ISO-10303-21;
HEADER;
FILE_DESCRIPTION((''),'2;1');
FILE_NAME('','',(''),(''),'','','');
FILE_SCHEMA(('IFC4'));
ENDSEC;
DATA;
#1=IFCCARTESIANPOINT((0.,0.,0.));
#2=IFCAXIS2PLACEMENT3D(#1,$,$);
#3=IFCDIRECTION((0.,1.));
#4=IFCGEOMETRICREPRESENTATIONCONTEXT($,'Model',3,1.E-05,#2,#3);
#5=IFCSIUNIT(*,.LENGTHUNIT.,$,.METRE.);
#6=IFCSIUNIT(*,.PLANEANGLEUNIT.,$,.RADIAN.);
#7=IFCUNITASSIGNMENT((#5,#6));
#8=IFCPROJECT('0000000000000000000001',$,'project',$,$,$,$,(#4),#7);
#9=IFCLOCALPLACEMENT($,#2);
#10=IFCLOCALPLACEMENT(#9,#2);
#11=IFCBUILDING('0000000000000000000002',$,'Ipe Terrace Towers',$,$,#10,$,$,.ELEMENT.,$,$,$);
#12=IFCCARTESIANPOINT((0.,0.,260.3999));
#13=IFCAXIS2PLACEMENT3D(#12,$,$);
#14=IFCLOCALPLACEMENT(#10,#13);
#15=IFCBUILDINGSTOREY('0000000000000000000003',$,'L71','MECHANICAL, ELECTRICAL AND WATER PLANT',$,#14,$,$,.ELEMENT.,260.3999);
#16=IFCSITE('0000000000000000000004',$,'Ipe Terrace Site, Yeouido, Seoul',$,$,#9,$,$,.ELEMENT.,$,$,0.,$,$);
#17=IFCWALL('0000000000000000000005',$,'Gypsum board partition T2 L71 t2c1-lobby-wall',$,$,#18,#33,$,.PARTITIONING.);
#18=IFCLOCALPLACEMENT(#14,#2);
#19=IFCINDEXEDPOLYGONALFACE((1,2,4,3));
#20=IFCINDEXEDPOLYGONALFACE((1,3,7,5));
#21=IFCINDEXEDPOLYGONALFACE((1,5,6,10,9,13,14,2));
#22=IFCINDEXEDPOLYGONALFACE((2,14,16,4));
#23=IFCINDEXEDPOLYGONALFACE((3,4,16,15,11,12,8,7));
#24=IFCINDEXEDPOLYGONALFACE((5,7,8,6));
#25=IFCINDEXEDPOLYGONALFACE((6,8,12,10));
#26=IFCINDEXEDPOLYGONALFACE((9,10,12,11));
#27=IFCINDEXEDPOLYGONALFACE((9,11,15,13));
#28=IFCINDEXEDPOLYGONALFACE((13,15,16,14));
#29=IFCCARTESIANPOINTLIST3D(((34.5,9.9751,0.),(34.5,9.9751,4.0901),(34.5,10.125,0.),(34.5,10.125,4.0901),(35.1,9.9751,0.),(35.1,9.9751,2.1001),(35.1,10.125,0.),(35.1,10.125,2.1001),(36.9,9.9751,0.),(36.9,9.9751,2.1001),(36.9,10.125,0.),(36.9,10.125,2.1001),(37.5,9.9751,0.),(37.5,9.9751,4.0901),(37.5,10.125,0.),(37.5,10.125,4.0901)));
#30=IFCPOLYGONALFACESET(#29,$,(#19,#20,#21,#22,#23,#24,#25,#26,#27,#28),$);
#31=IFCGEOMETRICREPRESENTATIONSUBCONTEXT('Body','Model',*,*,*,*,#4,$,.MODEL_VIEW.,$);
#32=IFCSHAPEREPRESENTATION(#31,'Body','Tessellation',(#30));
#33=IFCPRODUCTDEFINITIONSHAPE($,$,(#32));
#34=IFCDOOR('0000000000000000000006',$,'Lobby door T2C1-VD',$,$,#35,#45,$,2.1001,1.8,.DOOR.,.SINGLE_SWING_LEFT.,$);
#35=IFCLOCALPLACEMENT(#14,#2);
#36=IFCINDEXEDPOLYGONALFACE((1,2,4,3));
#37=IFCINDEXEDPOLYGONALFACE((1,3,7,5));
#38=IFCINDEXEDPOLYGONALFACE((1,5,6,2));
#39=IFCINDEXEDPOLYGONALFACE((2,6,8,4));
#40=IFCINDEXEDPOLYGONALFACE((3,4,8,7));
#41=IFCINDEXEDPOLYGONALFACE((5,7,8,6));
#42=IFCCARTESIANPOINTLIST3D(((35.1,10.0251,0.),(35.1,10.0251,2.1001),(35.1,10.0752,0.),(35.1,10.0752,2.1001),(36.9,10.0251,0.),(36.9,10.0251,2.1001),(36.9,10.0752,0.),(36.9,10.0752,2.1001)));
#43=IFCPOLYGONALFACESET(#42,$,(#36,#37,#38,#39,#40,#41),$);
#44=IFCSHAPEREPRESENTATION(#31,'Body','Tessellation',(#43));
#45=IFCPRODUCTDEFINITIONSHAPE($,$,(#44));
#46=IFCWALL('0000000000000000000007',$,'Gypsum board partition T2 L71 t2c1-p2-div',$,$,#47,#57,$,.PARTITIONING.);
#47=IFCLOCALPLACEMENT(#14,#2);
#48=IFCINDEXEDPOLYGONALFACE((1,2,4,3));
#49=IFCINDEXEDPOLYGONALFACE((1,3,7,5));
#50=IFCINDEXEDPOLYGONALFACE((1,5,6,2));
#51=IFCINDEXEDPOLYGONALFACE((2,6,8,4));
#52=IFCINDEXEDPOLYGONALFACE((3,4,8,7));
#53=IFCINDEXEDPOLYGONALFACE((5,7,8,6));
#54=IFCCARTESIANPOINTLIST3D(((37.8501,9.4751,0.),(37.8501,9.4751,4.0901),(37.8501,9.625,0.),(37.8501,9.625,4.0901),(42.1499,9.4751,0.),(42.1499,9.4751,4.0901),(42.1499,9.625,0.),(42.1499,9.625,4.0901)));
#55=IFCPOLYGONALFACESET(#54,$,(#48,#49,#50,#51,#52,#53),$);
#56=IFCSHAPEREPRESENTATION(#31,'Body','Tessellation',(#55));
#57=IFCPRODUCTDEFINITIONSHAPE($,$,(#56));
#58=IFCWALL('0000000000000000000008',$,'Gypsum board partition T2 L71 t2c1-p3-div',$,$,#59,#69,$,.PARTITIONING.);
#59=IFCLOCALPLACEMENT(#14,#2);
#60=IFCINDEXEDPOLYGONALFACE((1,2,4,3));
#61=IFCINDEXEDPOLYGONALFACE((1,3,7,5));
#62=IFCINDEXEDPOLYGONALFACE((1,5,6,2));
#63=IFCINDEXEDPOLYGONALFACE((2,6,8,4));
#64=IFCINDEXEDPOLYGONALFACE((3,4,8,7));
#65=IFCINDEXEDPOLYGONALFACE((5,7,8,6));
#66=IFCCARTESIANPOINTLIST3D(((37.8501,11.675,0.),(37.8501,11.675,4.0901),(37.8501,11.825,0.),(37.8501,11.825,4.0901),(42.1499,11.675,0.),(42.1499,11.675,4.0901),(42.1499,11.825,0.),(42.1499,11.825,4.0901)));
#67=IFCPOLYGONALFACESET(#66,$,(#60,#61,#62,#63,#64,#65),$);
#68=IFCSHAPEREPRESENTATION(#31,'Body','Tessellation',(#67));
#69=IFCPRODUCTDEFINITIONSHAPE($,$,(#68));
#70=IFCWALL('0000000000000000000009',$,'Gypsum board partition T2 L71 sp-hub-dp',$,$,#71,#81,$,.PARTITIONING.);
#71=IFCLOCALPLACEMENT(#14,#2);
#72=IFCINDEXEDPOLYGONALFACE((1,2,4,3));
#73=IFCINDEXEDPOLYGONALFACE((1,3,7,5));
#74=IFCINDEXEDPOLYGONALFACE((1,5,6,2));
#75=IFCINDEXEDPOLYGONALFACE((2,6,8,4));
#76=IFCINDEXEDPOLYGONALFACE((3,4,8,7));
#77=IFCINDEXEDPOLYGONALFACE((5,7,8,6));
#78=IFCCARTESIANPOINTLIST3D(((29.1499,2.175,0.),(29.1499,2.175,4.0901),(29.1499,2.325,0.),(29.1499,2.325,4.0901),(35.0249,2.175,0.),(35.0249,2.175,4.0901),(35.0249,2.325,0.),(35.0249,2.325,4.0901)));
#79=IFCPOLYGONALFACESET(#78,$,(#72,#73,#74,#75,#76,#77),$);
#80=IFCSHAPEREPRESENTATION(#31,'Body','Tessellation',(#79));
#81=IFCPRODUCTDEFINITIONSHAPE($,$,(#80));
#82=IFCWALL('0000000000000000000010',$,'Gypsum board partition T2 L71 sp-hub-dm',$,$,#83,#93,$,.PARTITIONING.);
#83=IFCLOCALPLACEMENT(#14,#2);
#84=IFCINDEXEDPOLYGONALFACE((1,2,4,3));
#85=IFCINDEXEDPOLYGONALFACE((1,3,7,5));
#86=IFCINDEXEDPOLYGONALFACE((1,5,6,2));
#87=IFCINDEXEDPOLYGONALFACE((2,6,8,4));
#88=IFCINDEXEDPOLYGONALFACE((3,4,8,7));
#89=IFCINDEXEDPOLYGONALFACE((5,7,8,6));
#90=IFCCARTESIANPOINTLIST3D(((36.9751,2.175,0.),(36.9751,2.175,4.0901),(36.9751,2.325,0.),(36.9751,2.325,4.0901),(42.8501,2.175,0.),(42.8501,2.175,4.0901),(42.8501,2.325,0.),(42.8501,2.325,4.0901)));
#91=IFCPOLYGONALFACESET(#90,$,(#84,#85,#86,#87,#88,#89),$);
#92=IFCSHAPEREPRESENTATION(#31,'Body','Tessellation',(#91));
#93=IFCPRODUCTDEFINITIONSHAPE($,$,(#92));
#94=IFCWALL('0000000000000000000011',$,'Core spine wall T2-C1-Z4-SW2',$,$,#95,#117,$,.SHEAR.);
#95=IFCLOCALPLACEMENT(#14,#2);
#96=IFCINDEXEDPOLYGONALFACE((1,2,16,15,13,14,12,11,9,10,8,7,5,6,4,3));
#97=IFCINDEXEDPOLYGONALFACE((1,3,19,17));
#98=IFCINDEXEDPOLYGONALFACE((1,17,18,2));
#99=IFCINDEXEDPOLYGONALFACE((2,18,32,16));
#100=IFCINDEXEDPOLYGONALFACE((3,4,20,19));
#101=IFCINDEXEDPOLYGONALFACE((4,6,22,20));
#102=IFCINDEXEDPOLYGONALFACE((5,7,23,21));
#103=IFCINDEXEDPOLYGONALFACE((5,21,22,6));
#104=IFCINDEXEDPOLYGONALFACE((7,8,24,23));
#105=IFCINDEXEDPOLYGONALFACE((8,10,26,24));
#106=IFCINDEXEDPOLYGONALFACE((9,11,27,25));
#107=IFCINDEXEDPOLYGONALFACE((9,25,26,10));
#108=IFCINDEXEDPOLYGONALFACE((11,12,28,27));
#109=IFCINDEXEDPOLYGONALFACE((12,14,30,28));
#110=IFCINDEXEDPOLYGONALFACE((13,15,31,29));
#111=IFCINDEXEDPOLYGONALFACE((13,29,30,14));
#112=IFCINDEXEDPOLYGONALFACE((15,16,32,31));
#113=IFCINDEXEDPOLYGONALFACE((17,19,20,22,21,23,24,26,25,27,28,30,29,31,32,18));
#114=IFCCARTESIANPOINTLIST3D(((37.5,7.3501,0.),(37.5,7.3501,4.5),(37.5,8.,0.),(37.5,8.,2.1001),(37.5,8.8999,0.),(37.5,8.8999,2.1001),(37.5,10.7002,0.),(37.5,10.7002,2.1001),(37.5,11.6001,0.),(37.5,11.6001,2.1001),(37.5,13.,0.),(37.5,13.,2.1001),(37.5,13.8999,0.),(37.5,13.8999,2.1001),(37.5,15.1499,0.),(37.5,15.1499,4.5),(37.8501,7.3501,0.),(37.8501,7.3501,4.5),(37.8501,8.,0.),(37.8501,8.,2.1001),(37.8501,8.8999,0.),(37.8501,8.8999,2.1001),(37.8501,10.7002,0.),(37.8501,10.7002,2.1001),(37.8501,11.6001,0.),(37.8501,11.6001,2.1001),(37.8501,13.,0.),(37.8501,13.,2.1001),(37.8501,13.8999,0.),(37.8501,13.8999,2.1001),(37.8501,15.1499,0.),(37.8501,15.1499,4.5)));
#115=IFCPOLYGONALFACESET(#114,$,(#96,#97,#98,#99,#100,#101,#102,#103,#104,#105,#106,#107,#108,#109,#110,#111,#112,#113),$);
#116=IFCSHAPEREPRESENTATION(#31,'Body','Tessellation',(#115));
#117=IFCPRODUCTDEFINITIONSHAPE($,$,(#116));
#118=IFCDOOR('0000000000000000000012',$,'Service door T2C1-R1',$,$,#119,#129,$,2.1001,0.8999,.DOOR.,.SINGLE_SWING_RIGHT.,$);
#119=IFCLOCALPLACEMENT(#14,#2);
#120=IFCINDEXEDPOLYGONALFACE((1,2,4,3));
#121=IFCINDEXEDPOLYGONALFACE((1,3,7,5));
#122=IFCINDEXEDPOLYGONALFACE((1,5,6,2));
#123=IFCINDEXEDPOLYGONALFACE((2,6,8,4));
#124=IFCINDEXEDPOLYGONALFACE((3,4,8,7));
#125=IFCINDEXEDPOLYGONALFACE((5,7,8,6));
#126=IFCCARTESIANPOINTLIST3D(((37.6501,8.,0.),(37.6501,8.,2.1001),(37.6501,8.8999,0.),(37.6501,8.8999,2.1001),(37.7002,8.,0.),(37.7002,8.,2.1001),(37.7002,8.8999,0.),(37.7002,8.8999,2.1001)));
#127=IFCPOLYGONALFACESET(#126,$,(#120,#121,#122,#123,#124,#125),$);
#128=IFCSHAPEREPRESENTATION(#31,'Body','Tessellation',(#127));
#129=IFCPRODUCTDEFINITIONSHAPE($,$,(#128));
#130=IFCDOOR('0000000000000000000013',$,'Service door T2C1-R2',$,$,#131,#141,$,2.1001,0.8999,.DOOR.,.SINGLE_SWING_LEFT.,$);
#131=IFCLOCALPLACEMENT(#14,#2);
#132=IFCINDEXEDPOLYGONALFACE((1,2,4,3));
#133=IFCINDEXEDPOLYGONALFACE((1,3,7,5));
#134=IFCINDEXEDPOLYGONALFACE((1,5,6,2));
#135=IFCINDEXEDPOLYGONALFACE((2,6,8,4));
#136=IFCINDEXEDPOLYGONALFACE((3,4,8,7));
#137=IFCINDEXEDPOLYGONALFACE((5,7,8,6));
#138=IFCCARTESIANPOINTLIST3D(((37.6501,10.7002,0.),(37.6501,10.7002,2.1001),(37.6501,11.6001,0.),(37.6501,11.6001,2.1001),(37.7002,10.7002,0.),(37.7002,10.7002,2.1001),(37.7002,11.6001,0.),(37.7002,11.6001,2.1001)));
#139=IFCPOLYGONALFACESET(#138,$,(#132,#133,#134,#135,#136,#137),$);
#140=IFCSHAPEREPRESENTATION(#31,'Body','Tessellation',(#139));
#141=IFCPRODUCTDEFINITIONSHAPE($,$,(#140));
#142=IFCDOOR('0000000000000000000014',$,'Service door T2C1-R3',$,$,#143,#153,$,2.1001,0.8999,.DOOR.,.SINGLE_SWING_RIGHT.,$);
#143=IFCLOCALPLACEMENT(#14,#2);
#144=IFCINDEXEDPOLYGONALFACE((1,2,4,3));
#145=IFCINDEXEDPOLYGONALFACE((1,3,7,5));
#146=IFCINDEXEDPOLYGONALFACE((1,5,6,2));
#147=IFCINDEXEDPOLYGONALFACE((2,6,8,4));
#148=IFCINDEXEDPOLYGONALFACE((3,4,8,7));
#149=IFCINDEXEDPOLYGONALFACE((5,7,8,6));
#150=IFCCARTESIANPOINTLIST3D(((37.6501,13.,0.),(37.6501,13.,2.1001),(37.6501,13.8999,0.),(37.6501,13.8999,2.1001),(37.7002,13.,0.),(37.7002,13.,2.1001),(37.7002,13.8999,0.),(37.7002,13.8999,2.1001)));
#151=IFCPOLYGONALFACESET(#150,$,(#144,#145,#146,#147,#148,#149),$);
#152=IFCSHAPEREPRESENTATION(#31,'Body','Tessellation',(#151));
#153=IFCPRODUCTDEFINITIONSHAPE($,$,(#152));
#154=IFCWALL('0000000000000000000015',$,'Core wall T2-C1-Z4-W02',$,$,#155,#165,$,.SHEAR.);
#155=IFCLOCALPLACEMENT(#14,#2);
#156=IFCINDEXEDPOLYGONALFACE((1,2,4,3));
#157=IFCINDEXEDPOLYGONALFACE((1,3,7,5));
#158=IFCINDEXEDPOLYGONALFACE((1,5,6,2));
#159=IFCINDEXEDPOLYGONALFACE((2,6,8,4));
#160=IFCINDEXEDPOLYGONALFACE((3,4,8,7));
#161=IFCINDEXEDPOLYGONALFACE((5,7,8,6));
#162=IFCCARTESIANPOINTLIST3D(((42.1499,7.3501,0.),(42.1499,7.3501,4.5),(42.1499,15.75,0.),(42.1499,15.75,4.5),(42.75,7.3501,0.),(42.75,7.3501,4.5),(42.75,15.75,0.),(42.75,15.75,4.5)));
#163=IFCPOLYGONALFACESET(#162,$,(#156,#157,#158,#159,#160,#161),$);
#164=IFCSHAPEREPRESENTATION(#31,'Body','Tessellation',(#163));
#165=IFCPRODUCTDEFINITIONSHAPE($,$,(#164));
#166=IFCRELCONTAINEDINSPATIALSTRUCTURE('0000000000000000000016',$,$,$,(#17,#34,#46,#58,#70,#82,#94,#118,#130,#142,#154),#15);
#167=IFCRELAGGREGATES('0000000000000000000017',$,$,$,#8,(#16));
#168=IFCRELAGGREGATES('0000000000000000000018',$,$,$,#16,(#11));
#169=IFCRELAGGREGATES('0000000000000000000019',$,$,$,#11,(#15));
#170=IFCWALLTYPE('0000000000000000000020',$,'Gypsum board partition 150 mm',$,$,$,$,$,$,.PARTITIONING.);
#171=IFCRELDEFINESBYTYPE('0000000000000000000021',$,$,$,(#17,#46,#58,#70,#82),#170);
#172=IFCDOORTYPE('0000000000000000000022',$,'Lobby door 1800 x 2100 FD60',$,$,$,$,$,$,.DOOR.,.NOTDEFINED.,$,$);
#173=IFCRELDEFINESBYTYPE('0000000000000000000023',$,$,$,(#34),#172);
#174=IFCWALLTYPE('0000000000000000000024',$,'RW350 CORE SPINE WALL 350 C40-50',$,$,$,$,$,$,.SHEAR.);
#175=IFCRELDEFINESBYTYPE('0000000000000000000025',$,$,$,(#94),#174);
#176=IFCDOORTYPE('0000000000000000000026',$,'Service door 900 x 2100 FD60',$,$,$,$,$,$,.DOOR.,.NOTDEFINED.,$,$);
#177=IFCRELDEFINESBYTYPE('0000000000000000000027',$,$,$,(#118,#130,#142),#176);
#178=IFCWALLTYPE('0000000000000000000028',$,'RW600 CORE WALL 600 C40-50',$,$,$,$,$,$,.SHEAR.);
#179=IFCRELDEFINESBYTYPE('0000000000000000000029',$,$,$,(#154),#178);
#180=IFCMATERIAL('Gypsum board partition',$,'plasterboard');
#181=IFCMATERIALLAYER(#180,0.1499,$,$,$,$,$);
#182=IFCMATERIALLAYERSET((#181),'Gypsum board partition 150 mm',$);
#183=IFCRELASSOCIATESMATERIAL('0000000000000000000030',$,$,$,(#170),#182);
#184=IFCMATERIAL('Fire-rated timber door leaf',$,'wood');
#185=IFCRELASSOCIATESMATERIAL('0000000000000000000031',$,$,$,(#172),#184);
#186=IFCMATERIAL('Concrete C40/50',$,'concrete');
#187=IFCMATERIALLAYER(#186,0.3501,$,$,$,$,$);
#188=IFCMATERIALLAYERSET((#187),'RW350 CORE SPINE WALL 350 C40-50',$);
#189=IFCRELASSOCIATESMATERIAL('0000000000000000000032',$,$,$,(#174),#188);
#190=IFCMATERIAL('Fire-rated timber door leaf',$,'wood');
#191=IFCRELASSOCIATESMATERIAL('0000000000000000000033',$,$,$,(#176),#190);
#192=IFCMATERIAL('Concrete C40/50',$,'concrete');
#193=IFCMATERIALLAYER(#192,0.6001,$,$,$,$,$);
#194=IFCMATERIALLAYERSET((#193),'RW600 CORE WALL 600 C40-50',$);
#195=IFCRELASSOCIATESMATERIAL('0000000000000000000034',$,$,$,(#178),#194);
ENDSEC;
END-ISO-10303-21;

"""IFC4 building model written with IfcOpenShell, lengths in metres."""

from ifc_helpers import new_model, si_unit, direction, frame, frame_2d, origin, place, context, subcontext, project, spatial, rectangle, extrude, material, layer, layer_set, type_object, element, fill, save


model = new_model("IFC4")

# Units and contexts
model_context = context("Model", 3, precision=1e-05, world=origin(), true_north=direction((0.0, 1.0)))
body_context = subcontext(model_context, "Body", "Model", "MODEL_VIEW")
ifc_project = project(units=[si_unit("LENGTHUNIT", "METRE"), si_unit("PLANEANGLEUNIT", "RADIAN")], contexts=[model_context])

# Site, building, storey
site_placement = place(None, origin())
site = spatial("IfcSite", under=ifc_project, at=site_placement, Name="Ipe Terrace Site, Yeouido, Seoul", CompositionType="ELEMENT", RefElevation=0.0)
building_placement = place(site_placement, origin())
building = spatial("IfcBuilding", under=site, at=building_placement, Name="Ipe Terrace Towers", CompositionType="ELEMENT")
storey_placement = place(building_placement, frame((0.0, 0.0, 260.3999)))
storey = spatial("IfcBuildingStorey", under=building, at=storey_placement, Name="L71", Description="MECHANICAL, ELECTRICAL AND WATER PLANT", CompositionType="ELEMENT", Elevation=260.3999)

# Wall, opening, door
ifc_material_1 = material(Name="Gypsum board partition", Category="plasterboard")
ifc_layer_1 = layer(ifc_material_1, 0.1499)
ifc_layer_set_1 = layer_set([ifc_layer_1], Name="Gypsum board partition 150 mm")
wall_type_1 = type_object("IfcWallType", Name="Gypsum board partition 150 mm", PredefinedType="PARTITIONING", material=ifc_layer_set_1)
wall_1_placement = place(storey_placement, frame((37.5, 10.05, 0.0), z_axis=(0.0, 0.0, 1.0), x_axis=(-1.0, 0.0, 0.0)))
wall_1 = element("IfcWall", 1, at=wall_1_placement, inside=storey, type_object=wall_type_1, Name="Gypsum board partition T2 L71 t2c1-lobby-wall", PredefinedType="PARTITIONING", context=body_context, shape_type="SweptSolid", body=[
    extrude(rectangle(XDim=3.0, YDim=0.1499, at=frame_2d((1.5, 0.0))), origin(), (0.0, 0.0, 1.0), 4.0901),
])
opening_1_placement = place(wall_1_placement, frame((0.6001, 0.0, 0.0)))
opening_1 = element("IfcOpeningElement", 2, at=opening_1_placement, cuts=wall_1, PredefinedType="OPENING", context=body_context, shape_type="SweptSolid", body=[
    extrude(rectangle(XDim=1.8, YDim=2.1001, at=frame_2d((0.8999, 1.05))), frame((0.0, 0.085, 0.0), z_axis=(0.0, -1.0, 0.0), x_axis=(1.0, 0.0, 0.0)), (0.0, 0.0, 1.0), 0.1699),
])
ifc_material_2 = material(Name="Fire-rated timber door leaf", Category="wood")
door_type_1 = type_object("IfcDoorType", Name="Lobby door 1800 x 2100 FD60", OperationType="NOTDEFINED", PredefinedType="DOOR", material=ifc_material_2)
door_1_placement = place(opening_1_placement, origin())
door_1 = element("IfcDoor", 3, at=door_1_placement, inside=storey, type_object=door_type_1, Name="Lobby door T2C1-VD", OperationType="SINGLE_SWING_LEFT", OverallHeight=2.1001, OverallWidth=1.8, PredefinedType="DOOR", context=body_context, shape_type="SweptSolid", body=[
    extrude(rectangle(XDim=1.8, YDim=2.1001, at=frame_2d((0.8999, 1.05))), frame((0.0, 0.0249, 0.0), z_axis=(0.0, -1.0, 0.0), x_axis=(1.0, 0.0, 0.0)), (0.0, 0.0, 1.0), 0.05),
])
fill(opening_1, door_1)

# Walls
for number, where, z_axis, x_axis, name in (
    (4, (42.1499, 9.55, 0.0), (0.0, 0.0, 1.0), (-1.0, 0.0, 0.0), "Gypsum board partition T2 L71 t2c1-p2-div"),
    (5, (42.1499, 11.75, 0.0), (0.0, 0.0, 1.0), (-1.0, 0.0, 0.0), "Gypsum board partition T2 L71 t2c1-p3-div"),
):
    element("IfcWall", number, at=place(storey_placement, frame(where, z_axis=z_axis, x_axis=x_axis)), inside=storey, type_object=wall_type_1, Name=name, PredefinedType="PARTITIONING", context=body_context, shape_type="SweptSolid", body=[
        extrude(rectangle(XDim=4.2998, YDim=0.1499, at=frame_2d((2.1499, 0.0))), origin(), (0.0, 0.0, 1.0), 4.0901),
    ])
for number, where, z_axis, x_axis, name in (
    (6, (35.0249, 2.25, 0.0), (0.0, 0.0, 1.0), (-1.0, 0.0, 0.0), "Gypsum board partition T2 L71 sp-hub-dp"),
    (7, (36.9751, 2.25, 0.0), (0.0, 0.0, 1.0), (1.0, 0.0, 0.0), "Gypsum board partition T2 L71 sp-hub-dm"),
):
    element("IfcWall", number, at=place(storey_placement, frame(where, z_axis=z_axis, x_axis=x_axis)), inside=storey, type_object=wall_type_1, Name=name, PredefinedType="PARTITIONING", context=body_context, shape_type="SweptSolid", body=[
        extrude(rectangle(XDim=5.875, YDim=0.1499, at=frame_2d((2.9375, 0.0))), origin(), (0.0, 0.0, 1.0), 4.0901),
    ])

# Wall, openings, doors
ifc_material_3 = material(Name="Concrete C40/50", Category="concrete")
ifc_layer_2 = layer(ifc_material_3, 0.3501)
ifc_layer_set_2 = layer_set([ifc_layer_2], Name="RW350 CORE SPINE WALL 350 C40-50")
wall_type_2 = type_object("IfcWallType", Name="RW350 CORE SPINE WALL 350 C40-50", PredefinedType="SHEAR", material=ifc_layer_set_2)
wall_2_placement = place(storey_placement, frame((37.675, 7.3501, 0.0), z_axis=(0.0, 0.0, 1.0), x_axis=(0.0, 1.0, 0.0)))
wall_2 = element("IfcWall", 8, at=wall_2_placement, inside=storey, type_object=wall_type_2, Name="Core spine wall T2-C1-Z4-SW2", PredefinedType="SHEAR", context=body_context, shape_type="SweptSolid", body=[
    extrude(rectangle(XDim=7.7998, YDim=0.3501, at=frame_2d((3.8999, 0.0))), origin(), (0.0, 0.0, 1.0), 4.5),
])
opening_2_placement = place(wall_2_placement, frame((0.6499, 0.0, 0.0)))
opening_2 = element("IfcOpeningElement", 9, at=opening_2_placement, cuts=wall_2, PredefinedType="OPENING", context=body_context, shape_type="SweptSolid", body=[
    extrude(rectangle(XDim=0.8999, YDim=2.1001, at=frame_2d((0.45, 1.05))), frame((0.0, 0.1851, 0.0), z_axis=(0.0, -1.0, 0.0), x_axis=(1.0, 0.0, 0.0)), (0.0, 0.0, 1.0), 0.3701),
])
opening_3_placement = place(wall_2_placement, frame((3.3501, 0.0, 0.0)))
opening_3 = element("IfcOpeningElement", 10, at=opening_3_placement, cuts=wall_2, PredefinedType="OPENING", context=body_context, shape_type="SweptSolid", body=[
    extrude(rectangle(XDim=0.8999, YDim=2.1001, at=frame_2d((0.45, 1.05))), frame((0.0, 0.1851, 0.0), z_axis=(0.0, -1.0, 0.0), x_axis=(1.0, 0.0, 0.0)), (0.0, 0.0, 1.0), 0.3701),
])
opening_4_placement = place(wall_2_placement, frame((5.6499, 0.0, 0.0)))
opening_4 = element("IfcOpeningElement", 11, at=opening_4_placement, cuts=wall_2, PredefinedType="OPENING", context=body_context, shape_type="SweptSolid", body=[
    extrude(rectangle(XDim=0.8999, YDim=2.1001, at=frame_2d((0.45, 1.05))), frame((0.0, 0.1851, 0.0), z_axis=(0.0, -1.0, 0.0), x_axis=(1.0, 0.0, 0.0)), (0.0, 0.0, 1.0), 0.3701),
])
ifc_material_4 = material(Name="Fire-rated timber door leaf", Category="wood")
door_type_2 = type_object("IfcDoorType", Name="Service door 900 x 2100 FD60", OperationType="NOTDEFINED", PredefinedType="DOOR", material=ifc_material_4)
door_2_placement = place(opening_2_placement, origin())
door_2 = element("IfcDoor", 12, at=door_2_placement, inside=storey, type_object=door_type_2, Name="Service door T2C1-R1", OperationType="SINGLE_SWING_RIGHT", OverallHeight=2.1001, OverallWidth=0.8999, PredefinedType="DOOR", context=body_context, shape_type="SweptSolid", body=[
    extrude(rectangle(XDim=0.8999, YDim=2.1001, at=frame_2d((0.45, 1.05))), frame((0.0, 0.0249, 0.0), z_axis=(0.0, -1.0, 0.0), x_axis=(1.0, 0.0, 0.0)), (0.0, 0.0, 1.0), 0.05),
])
fill(opening_2, door_2)
door_3_placement = place(opening_3_placement, origin())
door_3 = element("IfcDoor", 13, at=door_3_placement, inside=storey, type_object=door_type_2, Name="Service door T2C1-R2", OperationType="SINGLE_SWING_LEFT", OverallHeight=2.1001, OverallWidth=0.8999, PredefinedType="DOOR", context=body_context, shape_type="SweptSolid", body=[
    extrude(rectangle(XDim=0.8999, YDim=2.1001, at=frame_2d((0.45, 1.05))), frame((0.0, 0.0249, 0.0), z_axis=(0.0, -1.0, 0.0), x_axis=(1.0, 0.0, 0.0)), (0.0, 0.0, 1.0), 0.05),
])
fill(opening_3, door_3)
door_4_placement = place(opening_4_placement, origin())
door_4 = element("IfcDoor", 14, at=door_4_placement, inside=storey, type_object=door_type_2, Name="Service door T2C1-R3", OperationType="SINGLE_SWING_RIGHT", OverallHeight=2.1001, OverallWidth=0.8999, PredefinedType="DOOR", context=body_context, shape_type="SweptSolid", body=[
    extrude(rectangle(XDim=0.8999, YDim=2.1001, at=frame_2d((0.45, 1.05))), frame((0.0, 0.0249, 0.0), z_axis=(0.0, -1.0, 0.0), x_axis=(1.0, 0.0, 0.0)), (0.0, 0.0, 1.0), 0.05),
])
fill(opening_4, door_4)

# Wall
ifc_material_5 = material(Name="Concrete C40/50", Category="concrete")
ifc_layer_3 = layer(ifc_material_5, 0.6001)
ifc_layer_set_3 = layer_set([ifc_layer_3], Name="RW600 CORE WALL 600 C40-50")
wall_type_3 = type_object("IfcWallType", Name="RW600 CORE WALL 600 C40-50", PredefinedType="SHEAR", material=ifc_layer_set_3)
wall_3_placement = place(storey_placement, frame((42.45, 7.3501, 0.0), z_axis=(0.0, 0.0, 1.0), x_axis=(0.0, 1.0, 0.0)))
element("IfcWall", 15, at=wall_3_placement, inside=storey, type_object=wall_type_3, Name="Core wall T2-C1-Z4-W02", PredefinedType="SHEAR", context=body_context, shape_type="SweptSolid", body=[
    extrude(rectangle(XDim=8.3999, YDim=0.6001, at=frame_2d((4.2, 0.0))), origin(), (0.0, 0.0, 1.0), 4.5),
])

save(model, "model.ifc")
